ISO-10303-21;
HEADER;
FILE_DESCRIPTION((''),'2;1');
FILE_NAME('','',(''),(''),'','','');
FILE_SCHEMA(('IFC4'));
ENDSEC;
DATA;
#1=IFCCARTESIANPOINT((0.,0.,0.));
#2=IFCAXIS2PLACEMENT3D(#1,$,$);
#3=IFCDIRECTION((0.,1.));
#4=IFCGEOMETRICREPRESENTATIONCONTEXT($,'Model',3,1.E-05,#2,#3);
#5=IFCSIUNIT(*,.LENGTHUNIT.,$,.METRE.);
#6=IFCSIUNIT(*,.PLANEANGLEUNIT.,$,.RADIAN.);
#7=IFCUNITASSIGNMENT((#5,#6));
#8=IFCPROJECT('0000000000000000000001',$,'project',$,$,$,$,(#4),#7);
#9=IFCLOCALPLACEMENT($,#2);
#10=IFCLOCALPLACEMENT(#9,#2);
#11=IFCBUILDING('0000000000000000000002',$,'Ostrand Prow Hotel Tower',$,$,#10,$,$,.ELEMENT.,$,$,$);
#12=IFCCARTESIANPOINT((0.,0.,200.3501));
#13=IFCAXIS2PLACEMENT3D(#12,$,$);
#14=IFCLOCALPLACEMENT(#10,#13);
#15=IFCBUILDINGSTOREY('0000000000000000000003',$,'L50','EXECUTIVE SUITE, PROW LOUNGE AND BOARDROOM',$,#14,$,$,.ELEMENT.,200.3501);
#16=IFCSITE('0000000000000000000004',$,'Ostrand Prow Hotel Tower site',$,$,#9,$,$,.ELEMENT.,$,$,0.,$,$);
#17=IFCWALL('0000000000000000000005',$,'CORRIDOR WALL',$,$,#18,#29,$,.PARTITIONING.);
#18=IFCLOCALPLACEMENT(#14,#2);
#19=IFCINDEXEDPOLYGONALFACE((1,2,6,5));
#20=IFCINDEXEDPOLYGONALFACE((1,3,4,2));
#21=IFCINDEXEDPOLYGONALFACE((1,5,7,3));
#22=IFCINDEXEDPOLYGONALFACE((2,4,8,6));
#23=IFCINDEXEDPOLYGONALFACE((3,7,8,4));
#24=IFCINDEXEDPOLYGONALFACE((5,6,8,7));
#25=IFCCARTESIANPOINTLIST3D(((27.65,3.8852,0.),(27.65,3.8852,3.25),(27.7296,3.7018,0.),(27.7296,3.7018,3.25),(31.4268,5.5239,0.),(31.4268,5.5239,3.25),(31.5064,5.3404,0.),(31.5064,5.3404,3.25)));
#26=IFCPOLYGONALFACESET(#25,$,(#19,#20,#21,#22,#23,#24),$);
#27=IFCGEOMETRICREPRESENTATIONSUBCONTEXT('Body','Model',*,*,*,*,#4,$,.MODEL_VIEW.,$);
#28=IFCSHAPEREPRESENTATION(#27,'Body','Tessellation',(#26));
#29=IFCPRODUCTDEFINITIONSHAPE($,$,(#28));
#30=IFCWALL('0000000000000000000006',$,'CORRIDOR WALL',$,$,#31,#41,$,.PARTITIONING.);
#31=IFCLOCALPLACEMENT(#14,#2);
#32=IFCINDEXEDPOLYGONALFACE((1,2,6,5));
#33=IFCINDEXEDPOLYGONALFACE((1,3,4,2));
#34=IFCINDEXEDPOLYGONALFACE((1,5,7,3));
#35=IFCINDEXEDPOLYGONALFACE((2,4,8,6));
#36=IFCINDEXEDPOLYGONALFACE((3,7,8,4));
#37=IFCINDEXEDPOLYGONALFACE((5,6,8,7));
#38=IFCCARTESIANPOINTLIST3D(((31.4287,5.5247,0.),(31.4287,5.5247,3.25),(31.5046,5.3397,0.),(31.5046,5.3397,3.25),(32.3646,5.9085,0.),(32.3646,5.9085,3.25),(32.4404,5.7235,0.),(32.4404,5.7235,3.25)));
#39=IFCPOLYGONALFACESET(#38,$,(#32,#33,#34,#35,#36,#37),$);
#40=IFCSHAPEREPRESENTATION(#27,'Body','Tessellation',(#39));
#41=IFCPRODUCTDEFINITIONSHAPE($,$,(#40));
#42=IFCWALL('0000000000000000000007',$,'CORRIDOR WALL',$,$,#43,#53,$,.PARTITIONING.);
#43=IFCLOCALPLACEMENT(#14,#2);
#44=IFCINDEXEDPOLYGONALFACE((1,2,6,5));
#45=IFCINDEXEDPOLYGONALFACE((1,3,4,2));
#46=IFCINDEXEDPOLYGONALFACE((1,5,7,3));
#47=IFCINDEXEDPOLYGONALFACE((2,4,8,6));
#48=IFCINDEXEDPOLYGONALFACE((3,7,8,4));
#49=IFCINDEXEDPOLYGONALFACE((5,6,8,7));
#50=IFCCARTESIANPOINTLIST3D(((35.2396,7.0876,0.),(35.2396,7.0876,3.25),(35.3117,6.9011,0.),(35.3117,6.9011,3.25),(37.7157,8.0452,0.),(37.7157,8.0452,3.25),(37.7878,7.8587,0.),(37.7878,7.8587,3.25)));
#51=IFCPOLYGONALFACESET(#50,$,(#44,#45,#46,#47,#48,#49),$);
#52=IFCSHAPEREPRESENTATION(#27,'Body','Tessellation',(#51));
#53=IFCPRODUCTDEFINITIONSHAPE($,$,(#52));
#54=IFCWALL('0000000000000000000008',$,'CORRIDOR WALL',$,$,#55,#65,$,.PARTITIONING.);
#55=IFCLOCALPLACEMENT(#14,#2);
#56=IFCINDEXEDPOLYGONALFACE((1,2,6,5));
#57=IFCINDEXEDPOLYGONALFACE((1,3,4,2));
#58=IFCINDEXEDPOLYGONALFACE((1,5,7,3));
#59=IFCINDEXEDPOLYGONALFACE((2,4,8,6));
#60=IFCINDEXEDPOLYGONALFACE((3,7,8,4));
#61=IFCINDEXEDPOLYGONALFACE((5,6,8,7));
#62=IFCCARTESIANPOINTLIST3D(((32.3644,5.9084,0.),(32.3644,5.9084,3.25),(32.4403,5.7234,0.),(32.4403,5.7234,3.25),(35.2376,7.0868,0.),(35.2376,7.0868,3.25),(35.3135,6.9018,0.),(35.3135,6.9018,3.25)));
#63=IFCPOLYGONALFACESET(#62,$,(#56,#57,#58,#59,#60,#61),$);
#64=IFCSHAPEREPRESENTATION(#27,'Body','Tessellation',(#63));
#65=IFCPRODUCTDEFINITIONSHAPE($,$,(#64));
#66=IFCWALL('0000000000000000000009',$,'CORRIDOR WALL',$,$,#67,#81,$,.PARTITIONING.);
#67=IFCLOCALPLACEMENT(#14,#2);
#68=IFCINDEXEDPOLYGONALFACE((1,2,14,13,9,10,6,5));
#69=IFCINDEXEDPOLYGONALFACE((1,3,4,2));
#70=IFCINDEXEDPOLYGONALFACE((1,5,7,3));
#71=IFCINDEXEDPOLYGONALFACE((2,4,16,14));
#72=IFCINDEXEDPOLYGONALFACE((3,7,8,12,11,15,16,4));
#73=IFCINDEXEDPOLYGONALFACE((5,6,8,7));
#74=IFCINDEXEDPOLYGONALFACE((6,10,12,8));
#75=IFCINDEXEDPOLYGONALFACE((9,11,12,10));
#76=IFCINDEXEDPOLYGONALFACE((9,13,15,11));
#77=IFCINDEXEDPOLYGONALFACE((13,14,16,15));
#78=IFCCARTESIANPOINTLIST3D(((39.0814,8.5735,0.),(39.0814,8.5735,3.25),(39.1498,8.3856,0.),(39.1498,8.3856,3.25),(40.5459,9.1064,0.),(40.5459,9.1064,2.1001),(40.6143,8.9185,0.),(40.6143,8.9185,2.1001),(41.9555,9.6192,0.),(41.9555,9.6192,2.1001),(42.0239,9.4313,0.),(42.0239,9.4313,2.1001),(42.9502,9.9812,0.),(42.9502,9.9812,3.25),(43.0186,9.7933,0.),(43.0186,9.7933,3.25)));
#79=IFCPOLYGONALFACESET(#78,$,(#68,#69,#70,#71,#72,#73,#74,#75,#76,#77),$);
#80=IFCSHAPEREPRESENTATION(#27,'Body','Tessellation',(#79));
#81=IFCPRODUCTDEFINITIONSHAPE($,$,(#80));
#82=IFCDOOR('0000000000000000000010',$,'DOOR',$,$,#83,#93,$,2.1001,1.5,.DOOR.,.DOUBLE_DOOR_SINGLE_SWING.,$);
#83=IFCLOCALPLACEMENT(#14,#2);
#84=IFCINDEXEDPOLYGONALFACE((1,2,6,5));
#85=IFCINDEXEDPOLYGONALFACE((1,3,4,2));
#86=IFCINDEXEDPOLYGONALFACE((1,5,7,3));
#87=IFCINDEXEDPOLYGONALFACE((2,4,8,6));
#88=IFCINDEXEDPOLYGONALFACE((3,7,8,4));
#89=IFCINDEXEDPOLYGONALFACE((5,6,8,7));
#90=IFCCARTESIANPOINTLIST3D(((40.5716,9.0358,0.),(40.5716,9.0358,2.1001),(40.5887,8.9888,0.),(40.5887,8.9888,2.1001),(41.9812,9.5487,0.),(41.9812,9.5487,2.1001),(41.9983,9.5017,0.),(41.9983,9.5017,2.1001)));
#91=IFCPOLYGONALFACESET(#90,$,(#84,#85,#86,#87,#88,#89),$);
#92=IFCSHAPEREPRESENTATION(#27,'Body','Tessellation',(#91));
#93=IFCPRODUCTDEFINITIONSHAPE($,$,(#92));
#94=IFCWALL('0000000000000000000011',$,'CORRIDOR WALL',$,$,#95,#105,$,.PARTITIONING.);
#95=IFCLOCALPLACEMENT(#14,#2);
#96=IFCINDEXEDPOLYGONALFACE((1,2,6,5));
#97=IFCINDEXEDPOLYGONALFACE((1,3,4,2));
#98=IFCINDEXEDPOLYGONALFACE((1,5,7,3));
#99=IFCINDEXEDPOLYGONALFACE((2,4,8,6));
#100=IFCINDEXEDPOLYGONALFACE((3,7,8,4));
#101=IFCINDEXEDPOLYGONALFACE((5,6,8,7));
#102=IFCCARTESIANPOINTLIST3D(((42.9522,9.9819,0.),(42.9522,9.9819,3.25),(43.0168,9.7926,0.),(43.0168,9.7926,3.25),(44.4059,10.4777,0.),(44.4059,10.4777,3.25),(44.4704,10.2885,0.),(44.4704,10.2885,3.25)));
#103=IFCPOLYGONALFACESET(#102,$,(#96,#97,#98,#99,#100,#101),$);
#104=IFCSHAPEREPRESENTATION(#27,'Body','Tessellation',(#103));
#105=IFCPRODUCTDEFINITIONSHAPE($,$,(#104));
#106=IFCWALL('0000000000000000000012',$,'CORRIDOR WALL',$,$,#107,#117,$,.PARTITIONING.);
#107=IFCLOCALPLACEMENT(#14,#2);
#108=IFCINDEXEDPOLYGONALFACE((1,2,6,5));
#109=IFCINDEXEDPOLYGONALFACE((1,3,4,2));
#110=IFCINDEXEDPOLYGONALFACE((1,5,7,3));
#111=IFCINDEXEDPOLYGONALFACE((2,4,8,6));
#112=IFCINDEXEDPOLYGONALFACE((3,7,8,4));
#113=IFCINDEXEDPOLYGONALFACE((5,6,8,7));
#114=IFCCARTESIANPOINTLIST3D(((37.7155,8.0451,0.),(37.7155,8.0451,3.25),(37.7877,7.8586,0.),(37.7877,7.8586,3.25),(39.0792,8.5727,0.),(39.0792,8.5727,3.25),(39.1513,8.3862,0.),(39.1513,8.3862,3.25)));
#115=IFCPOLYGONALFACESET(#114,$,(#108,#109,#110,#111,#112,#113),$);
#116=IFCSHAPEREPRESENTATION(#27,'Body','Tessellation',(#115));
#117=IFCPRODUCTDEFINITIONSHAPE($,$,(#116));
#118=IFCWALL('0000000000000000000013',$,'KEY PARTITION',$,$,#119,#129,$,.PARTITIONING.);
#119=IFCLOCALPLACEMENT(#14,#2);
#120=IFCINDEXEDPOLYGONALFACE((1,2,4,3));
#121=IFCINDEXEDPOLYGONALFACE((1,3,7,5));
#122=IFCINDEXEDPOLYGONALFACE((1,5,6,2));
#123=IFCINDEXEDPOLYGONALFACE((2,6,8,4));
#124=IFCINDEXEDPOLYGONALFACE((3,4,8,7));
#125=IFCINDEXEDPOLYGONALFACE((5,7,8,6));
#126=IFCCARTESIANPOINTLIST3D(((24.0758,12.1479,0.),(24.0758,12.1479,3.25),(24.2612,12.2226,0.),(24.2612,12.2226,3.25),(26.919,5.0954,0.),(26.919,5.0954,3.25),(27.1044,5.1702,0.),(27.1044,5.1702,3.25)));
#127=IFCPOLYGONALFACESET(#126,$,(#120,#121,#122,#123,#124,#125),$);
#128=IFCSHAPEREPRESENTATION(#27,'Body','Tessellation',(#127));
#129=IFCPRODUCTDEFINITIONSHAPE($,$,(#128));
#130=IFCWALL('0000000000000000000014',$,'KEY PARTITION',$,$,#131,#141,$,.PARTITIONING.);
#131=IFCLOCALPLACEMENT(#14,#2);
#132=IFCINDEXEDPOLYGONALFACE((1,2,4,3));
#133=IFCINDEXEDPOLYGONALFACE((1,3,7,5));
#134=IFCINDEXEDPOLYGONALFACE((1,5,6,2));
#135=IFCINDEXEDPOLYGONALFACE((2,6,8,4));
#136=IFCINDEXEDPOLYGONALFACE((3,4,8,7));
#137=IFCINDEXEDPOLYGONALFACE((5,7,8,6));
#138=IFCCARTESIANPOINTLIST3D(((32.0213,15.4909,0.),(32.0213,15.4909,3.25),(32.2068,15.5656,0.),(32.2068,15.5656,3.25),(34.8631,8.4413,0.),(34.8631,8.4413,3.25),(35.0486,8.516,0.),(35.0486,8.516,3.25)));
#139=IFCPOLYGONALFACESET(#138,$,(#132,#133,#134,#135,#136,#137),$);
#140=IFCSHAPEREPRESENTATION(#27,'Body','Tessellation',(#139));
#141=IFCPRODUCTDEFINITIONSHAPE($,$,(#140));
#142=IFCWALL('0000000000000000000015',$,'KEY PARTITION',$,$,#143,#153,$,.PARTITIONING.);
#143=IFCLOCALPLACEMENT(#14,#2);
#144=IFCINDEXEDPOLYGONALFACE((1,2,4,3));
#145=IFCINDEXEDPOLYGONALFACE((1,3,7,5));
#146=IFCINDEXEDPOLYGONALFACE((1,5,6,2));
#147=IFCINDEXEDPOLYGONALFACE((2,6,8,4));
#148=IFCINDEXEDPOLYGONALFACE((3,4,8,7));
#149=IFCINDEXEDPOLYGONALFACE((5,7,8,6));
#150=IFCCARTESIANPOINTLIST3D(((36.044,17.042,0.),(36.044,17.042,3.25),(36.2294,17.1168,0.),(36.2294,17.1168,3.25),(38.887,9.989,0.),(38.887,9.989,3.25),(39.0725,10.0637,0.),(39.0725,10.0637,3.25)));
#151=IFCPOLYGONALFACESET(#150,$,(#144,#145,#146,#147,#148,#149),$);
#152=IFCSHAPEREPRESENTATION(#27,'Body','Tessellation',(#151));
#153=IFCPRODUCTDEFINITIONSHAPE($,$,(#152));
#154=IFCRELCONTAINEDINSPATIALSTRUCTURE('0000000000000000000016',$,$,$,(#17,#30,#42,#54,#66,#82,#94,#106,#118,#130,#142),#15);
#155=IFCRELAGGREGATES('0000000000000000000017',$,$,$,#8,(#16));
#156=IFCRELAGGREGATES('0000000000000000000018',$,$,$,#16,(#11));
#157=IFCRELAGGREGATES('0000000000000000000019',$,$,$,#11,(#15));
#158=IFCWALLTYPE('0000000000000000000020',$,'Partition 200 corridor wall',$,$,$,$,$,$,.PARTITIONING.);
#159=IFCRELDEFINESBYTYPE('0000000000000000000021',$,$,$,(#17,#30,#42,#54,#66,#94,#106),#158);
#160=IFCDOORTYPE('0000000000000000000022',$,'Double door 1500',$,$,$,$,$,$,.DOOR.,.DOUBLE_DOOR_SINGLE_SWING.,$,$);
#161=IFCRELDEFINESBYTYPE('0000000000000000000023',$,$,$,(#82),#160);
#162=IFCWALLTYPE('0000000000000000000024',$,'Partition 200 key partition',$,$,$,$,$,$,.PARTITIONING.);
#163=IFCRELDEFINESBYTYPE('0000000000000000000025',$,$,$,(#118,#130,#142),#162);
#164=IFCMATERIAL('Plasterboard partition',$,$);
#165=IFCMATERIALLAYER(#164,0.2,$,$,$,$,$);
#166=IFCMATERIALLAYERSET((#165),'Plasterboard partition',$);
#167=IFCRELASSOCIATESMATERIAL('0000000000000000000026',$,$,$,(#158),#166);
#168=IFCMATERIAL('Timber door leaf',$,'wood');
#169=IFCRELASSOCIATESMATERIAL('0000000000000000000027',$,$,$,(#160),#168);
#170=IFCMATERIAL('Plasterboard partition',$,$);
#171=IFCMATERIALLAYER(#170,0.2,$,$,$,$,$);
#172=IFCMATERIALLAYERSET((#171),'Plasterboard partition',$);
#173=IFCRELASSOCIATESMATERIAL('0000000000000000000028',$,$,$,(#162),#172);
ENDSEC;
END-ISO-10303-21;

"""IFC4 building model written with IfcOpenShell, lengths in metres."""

from ifc_helpers import new_model, si_unit, direction, frame, frame_2d, origin, place, context, subcontext, project, spatial, rectangle, extrude, material, layer, layer_set, type_object, element, fill, save


model = new_model("IFC4")

# Units and contexts
model_context = context("Model", 3, precision=1e-05, world=origin(), true_north=direction((0.0, 1.0)))
body_context = subcontext(model_context, "Body", "Model", "MODEL_VIEW")
ifc_project = project(units=[si_unit("LENGTHUNIT", "METRE"), si_unit("PLANEANGLEUNIT", "RADIAN")], contexts=[model_context])

# Site, building, storey
site_placement = place(None, origin())
site = spatial("IfcSite", under=ifc_project, at=site_placement, Name="Ostrand Prow Hotel Tower site", CompositionType="ELEMENT", RefElevation=0.0)
building_placement = place(site_placement, origin())
building = spatial("IfcBuilding", under=site, at=building_placement, Name="Ostrand Prow Hotel Tower", CompositionType="ELEMENT")
storey_placement = place(building_placement, frame((0.0, 0.0, 200.3501)))
storey = spatial("IfcBuildingStorey", under=building, at=storey_placement, Name="L50", Description="EXECUTIVE SUITE, PROW LOUNGE AND BOARDROOM", CompositionType="ELEMENT", Elevation=200.3501)

# Shared definitions
ifc_material_1 = material(Name="Plasterboard partition")
ifc_layer_1 = layer(ifc_material_1, 0.2)
ifc_layer_set_1 = layer_set([ifc_layer_1], Name="Plasterboard partition")
wall_type_1 = type_object("IfcWallType", Name="Partition 200 corridor wall", PredefinedType="PARTITIONING", material=ifc_layer_set_1)
ifc_material_2 = material(Name="Timber door leaf", Category="wood")
door_type_1 = type_object("IfcDoorType", Name="Double door 1500", OperationType="DOUBLE_DOOR_SINGLE_SWING", PredefinedType="DOOR", material=ifc_material_2)

# Walls
wall_1_placement = place(storey_placement, frame((27.6897, 3.7935, 0.0), z_axis=(0.0, 0.0, 1.0), x_axis=(0.917375, 0.398023, 0.0)))
element("IfcWall", 1, at=wall_1_placement, inside=storey, type_object=wall_type_1, Name="CORRIDOR WALL", PredefinedType="PARTITIONING", context=body_context, shape_type="SweptSolid", body=[
    extrude(rectangle(XDim=4.1169, YDim=0.2, at=frame_2d((2.0586, 0.0))), origin(), (0.0, 0.0, 1.0), 3.25),
])
wall_2_placement = place(storey_placement, frame((31.4666, 5.4321, 0.0), z_axis=(0.0, 0.0, 1.0), x_axis=(0.925212, 0.37945, 0.0)))
element("IfcWall", 2, at=wall_2_placement, inside=storey, type_object=wall_type_1, Name="CORRIDOR WALL", PredefinedType="PARTITIONING", context=body_context, shape_type="SweptSolid", body=[
    extrude(rectangle(XDim=1.0115, YDim=0.2, at=frame_2d((0.5059, 0.0))), origin(), (0.0, 0.0, 1.0), 3.25),
])
wall_3_placement = place(storey_placement, frame((35.2756, 6.9944, 0.0), z_axis=(0.0, 0.0, 1.0), x_axis=(0.93269, 0.360679, 0.0)))
element("IfcWall", 3, at=wall_3_placement, inside=storey, type_object=wall_type_1, Name="CORRIDOR WALL", PredefinedType="PARTITIONING", context=body_context, shape_type="SweptSolid", body=[
    extrude(rectangle(XDim=2.6548, YDim=0.2, at=frame_2d((1.3274, 0.0))), origin(), (0.0, 0.0, 1.0), 3.25),
])
wall_4_placement = place(storey_placement, frame((32.4023, 5.8159, 0.0), z_axis=(0.0, 0.0, 1.0), x_axis=(0.925205, 0.379468, 0.0)))
element("IfcWall", 4, at=wall_4_placement, inside=storey, type_object=wall_type_1, Name="CORRIDOR WALL", PredefinedType="PARTITIONING", context=body_context, shape_type="SweptSolid", body=[
    extrude(rectangle(XDim=3.1055, YDim=0.2, at=frame_2d((1.5527, 0.0))), origin(), (0.0, 0.0, 1.0), 3.25),
])

# Wall, opening, door
wall_5_placement = place(storey_placement, frame((39.1155, 8.4795, 0.0), z_axis=(0.0, 0.0, 1.0), x_axis=(0.939728, 0.341924, 0.0)))
wall_5 = element("IfcWall", 5, at=wall_5_placement, inside=storey, type_object=wall_type_1, Name="CORRIDOR WALL", PredefinedType="PARTITIONING", context=body_context, shape_type="SweptSolid", body=[
    extrude(rectangle(XDim=4.1169, YDim=0.2, at=frame_2d((2.0586, 0.0))), origin(), (0.0, 0.0, 1.0), 3.25),
])
opening_1_placement = place(wall_5_placement, frame((1.5586, 0.0, 0.0)))
opening_1 = element("IfcOpeningElement", 6, at=opening_1_placement, cuts=wall_5, PredefinedType="OPENING", context=body_context, shape_type="SweptSolid", body=[
    extrude(rectangle(XDim=1.5, YDim=2.1001, at=frame_2d((0.75, 1.05))), frame((0.0, 0.1099, 0.0), z_axis=(0.0, -1.0, 0.0), x_axis=(1.0, 0.0, 0.0)), (0.0, 0.0, 1.0), 0.22),
])
door_1_placement = place(opening_1_placement, origin())
door_1 = element("IfcDoor", 7, at=door_1_placement, inside=storey, type_object=door_type_1, Name="DOOR", OperationType="DOUBLE_DOOR_SINGLE_SWING", OverallHeight=2.1001, OverallWidth=1.5, PredefinedType="DOOR", context=body_context, shape_type="SweptSolid", body=[
    extrude(rectangle(XDim=1.5, YDim=2.1001, at=frame_2d((0.75, 1.05))), frame((0.0, 0.0249, 0.0), z_axis=(0.0, -1.0, 0.0), x_axis=(1.0, 0.0, 0.0)), (0.0, 0.0, 1.0), 0.05),
])
fill(opening_1, door_1)

# Walls
wall_6_placement = place(storey_placement, frame((42.9844, 9.8872, 0.0), z_axis=(0.0, 0.0, 1.0), x_axis=(0.946451, 0.322849, 0.0)))
element("IfcWall", 8, at=wall_6_placement, inside=storey, type_object=wall_type_1, Name="CORRIDOR WALL", PredefinedType="PARTITIONING", context=body_context, shape_type="SweptSolid", body=[
    extrude(rectangle(XDim=1.5359, YDim=0.2, at=frame_2d((0.7681, 0.0))), origin(), (0.0, 0.0, 1.0), 3.25),
])
wall_7_placement = place(storey_placement, frame((37.7517, 7.9519, 0.0), z_axis=(0.0, 0.0, 1.0), x_axis=(0.932642, 0.360802, 0.0)))
element("IfcWall", 9, at=wall_7_placement, inside=storey, type_object=wall_type_1, Name="CORRIDOR WALL", PredefinedType="PARTITIONING", context=body_context, shape_type="SweptSolid", body=[
    extrude(rectangle(XDim=1.4622, YDim=0.2, at=frame_2d((0.731, 0.0))), origin(), (0.0, 0.0, 1.0), 3.25),
])
ifc_material_3 = material(Name="Plasterboard partition")
ifc_layer_2 = layer(ifc_material_3, 0.2)
ifc_layer_set_2 = layer_set([ifc_layer_2], Name="Plasterboard partition")
wall_type_2 = type_object("IfcWallType", Name="Partition 200 key partition", PredefinedType="PARTITIONING", material=ifc_layer_set_2)
wall_8_placement = place(storey_placement, frame((27.0117, 5.1328, 0.0), z_axis=(0.0, 0.0, 1.0), x_axis=(-0.373914, 0.927464, 0.0)))
element("IfcWall", 10, at=wall_8_placement, inside=storey, type_object=wall_type_2, Name="KEY PARTITION", PredefinedType="PARTITIONING", context=body_context, shape_type="SweptSolid", body=[
    extrude(rectangle(XDim=7.604, YDim=0.2, at=frame_2d((3.802, 0.0))), origin(), (0.0, 0.0, 1.0), 3.25),
])
wall_9_placement = place(storey_placement, frame((34.9558, 8.4788, 0.0), z_axis=(0.0, 0.0, 1.0), x_axis=(-0.373881, 0.927477, 0.0)))
element("IfcWall", 11, at=wall_9_placement, inside=storey, type_object=wall_type_2, Name="KEY PARTITION", PredefinedType="PARTITIONING", context=body_context, shape_type="SweptSolid", body=[
    extrude(rectangle(XDim=7.6008, YDim=0.2, at=frame_2d((3.8003, 0.0))), origin(), (0.0, 0.0, 1.0), 3.25),
])
wall_10_placement = place(storey_placement, frame((38.9797, 10.0264, 0.0), z_axis=(0.0, 0.0, 1.0), x_axis=(-0.373864, 0.927484, 0.0)))
element("IfcWall", 12, at=wall_10_placement, inside=storey, type_object=wall_type_2, Name="KEY PARTITION", PredefinedType="PARTITIONING", context=body_context, shape_type="SweptSolid", body=[
    extrude(rectangle(XDim=7.6045, YDim=0.2, at=frame_2d((3.8022, 0.0))), origin(), (0.0, 0.0, 1.0), 3.25),
])

save(model, "model.ifc")
